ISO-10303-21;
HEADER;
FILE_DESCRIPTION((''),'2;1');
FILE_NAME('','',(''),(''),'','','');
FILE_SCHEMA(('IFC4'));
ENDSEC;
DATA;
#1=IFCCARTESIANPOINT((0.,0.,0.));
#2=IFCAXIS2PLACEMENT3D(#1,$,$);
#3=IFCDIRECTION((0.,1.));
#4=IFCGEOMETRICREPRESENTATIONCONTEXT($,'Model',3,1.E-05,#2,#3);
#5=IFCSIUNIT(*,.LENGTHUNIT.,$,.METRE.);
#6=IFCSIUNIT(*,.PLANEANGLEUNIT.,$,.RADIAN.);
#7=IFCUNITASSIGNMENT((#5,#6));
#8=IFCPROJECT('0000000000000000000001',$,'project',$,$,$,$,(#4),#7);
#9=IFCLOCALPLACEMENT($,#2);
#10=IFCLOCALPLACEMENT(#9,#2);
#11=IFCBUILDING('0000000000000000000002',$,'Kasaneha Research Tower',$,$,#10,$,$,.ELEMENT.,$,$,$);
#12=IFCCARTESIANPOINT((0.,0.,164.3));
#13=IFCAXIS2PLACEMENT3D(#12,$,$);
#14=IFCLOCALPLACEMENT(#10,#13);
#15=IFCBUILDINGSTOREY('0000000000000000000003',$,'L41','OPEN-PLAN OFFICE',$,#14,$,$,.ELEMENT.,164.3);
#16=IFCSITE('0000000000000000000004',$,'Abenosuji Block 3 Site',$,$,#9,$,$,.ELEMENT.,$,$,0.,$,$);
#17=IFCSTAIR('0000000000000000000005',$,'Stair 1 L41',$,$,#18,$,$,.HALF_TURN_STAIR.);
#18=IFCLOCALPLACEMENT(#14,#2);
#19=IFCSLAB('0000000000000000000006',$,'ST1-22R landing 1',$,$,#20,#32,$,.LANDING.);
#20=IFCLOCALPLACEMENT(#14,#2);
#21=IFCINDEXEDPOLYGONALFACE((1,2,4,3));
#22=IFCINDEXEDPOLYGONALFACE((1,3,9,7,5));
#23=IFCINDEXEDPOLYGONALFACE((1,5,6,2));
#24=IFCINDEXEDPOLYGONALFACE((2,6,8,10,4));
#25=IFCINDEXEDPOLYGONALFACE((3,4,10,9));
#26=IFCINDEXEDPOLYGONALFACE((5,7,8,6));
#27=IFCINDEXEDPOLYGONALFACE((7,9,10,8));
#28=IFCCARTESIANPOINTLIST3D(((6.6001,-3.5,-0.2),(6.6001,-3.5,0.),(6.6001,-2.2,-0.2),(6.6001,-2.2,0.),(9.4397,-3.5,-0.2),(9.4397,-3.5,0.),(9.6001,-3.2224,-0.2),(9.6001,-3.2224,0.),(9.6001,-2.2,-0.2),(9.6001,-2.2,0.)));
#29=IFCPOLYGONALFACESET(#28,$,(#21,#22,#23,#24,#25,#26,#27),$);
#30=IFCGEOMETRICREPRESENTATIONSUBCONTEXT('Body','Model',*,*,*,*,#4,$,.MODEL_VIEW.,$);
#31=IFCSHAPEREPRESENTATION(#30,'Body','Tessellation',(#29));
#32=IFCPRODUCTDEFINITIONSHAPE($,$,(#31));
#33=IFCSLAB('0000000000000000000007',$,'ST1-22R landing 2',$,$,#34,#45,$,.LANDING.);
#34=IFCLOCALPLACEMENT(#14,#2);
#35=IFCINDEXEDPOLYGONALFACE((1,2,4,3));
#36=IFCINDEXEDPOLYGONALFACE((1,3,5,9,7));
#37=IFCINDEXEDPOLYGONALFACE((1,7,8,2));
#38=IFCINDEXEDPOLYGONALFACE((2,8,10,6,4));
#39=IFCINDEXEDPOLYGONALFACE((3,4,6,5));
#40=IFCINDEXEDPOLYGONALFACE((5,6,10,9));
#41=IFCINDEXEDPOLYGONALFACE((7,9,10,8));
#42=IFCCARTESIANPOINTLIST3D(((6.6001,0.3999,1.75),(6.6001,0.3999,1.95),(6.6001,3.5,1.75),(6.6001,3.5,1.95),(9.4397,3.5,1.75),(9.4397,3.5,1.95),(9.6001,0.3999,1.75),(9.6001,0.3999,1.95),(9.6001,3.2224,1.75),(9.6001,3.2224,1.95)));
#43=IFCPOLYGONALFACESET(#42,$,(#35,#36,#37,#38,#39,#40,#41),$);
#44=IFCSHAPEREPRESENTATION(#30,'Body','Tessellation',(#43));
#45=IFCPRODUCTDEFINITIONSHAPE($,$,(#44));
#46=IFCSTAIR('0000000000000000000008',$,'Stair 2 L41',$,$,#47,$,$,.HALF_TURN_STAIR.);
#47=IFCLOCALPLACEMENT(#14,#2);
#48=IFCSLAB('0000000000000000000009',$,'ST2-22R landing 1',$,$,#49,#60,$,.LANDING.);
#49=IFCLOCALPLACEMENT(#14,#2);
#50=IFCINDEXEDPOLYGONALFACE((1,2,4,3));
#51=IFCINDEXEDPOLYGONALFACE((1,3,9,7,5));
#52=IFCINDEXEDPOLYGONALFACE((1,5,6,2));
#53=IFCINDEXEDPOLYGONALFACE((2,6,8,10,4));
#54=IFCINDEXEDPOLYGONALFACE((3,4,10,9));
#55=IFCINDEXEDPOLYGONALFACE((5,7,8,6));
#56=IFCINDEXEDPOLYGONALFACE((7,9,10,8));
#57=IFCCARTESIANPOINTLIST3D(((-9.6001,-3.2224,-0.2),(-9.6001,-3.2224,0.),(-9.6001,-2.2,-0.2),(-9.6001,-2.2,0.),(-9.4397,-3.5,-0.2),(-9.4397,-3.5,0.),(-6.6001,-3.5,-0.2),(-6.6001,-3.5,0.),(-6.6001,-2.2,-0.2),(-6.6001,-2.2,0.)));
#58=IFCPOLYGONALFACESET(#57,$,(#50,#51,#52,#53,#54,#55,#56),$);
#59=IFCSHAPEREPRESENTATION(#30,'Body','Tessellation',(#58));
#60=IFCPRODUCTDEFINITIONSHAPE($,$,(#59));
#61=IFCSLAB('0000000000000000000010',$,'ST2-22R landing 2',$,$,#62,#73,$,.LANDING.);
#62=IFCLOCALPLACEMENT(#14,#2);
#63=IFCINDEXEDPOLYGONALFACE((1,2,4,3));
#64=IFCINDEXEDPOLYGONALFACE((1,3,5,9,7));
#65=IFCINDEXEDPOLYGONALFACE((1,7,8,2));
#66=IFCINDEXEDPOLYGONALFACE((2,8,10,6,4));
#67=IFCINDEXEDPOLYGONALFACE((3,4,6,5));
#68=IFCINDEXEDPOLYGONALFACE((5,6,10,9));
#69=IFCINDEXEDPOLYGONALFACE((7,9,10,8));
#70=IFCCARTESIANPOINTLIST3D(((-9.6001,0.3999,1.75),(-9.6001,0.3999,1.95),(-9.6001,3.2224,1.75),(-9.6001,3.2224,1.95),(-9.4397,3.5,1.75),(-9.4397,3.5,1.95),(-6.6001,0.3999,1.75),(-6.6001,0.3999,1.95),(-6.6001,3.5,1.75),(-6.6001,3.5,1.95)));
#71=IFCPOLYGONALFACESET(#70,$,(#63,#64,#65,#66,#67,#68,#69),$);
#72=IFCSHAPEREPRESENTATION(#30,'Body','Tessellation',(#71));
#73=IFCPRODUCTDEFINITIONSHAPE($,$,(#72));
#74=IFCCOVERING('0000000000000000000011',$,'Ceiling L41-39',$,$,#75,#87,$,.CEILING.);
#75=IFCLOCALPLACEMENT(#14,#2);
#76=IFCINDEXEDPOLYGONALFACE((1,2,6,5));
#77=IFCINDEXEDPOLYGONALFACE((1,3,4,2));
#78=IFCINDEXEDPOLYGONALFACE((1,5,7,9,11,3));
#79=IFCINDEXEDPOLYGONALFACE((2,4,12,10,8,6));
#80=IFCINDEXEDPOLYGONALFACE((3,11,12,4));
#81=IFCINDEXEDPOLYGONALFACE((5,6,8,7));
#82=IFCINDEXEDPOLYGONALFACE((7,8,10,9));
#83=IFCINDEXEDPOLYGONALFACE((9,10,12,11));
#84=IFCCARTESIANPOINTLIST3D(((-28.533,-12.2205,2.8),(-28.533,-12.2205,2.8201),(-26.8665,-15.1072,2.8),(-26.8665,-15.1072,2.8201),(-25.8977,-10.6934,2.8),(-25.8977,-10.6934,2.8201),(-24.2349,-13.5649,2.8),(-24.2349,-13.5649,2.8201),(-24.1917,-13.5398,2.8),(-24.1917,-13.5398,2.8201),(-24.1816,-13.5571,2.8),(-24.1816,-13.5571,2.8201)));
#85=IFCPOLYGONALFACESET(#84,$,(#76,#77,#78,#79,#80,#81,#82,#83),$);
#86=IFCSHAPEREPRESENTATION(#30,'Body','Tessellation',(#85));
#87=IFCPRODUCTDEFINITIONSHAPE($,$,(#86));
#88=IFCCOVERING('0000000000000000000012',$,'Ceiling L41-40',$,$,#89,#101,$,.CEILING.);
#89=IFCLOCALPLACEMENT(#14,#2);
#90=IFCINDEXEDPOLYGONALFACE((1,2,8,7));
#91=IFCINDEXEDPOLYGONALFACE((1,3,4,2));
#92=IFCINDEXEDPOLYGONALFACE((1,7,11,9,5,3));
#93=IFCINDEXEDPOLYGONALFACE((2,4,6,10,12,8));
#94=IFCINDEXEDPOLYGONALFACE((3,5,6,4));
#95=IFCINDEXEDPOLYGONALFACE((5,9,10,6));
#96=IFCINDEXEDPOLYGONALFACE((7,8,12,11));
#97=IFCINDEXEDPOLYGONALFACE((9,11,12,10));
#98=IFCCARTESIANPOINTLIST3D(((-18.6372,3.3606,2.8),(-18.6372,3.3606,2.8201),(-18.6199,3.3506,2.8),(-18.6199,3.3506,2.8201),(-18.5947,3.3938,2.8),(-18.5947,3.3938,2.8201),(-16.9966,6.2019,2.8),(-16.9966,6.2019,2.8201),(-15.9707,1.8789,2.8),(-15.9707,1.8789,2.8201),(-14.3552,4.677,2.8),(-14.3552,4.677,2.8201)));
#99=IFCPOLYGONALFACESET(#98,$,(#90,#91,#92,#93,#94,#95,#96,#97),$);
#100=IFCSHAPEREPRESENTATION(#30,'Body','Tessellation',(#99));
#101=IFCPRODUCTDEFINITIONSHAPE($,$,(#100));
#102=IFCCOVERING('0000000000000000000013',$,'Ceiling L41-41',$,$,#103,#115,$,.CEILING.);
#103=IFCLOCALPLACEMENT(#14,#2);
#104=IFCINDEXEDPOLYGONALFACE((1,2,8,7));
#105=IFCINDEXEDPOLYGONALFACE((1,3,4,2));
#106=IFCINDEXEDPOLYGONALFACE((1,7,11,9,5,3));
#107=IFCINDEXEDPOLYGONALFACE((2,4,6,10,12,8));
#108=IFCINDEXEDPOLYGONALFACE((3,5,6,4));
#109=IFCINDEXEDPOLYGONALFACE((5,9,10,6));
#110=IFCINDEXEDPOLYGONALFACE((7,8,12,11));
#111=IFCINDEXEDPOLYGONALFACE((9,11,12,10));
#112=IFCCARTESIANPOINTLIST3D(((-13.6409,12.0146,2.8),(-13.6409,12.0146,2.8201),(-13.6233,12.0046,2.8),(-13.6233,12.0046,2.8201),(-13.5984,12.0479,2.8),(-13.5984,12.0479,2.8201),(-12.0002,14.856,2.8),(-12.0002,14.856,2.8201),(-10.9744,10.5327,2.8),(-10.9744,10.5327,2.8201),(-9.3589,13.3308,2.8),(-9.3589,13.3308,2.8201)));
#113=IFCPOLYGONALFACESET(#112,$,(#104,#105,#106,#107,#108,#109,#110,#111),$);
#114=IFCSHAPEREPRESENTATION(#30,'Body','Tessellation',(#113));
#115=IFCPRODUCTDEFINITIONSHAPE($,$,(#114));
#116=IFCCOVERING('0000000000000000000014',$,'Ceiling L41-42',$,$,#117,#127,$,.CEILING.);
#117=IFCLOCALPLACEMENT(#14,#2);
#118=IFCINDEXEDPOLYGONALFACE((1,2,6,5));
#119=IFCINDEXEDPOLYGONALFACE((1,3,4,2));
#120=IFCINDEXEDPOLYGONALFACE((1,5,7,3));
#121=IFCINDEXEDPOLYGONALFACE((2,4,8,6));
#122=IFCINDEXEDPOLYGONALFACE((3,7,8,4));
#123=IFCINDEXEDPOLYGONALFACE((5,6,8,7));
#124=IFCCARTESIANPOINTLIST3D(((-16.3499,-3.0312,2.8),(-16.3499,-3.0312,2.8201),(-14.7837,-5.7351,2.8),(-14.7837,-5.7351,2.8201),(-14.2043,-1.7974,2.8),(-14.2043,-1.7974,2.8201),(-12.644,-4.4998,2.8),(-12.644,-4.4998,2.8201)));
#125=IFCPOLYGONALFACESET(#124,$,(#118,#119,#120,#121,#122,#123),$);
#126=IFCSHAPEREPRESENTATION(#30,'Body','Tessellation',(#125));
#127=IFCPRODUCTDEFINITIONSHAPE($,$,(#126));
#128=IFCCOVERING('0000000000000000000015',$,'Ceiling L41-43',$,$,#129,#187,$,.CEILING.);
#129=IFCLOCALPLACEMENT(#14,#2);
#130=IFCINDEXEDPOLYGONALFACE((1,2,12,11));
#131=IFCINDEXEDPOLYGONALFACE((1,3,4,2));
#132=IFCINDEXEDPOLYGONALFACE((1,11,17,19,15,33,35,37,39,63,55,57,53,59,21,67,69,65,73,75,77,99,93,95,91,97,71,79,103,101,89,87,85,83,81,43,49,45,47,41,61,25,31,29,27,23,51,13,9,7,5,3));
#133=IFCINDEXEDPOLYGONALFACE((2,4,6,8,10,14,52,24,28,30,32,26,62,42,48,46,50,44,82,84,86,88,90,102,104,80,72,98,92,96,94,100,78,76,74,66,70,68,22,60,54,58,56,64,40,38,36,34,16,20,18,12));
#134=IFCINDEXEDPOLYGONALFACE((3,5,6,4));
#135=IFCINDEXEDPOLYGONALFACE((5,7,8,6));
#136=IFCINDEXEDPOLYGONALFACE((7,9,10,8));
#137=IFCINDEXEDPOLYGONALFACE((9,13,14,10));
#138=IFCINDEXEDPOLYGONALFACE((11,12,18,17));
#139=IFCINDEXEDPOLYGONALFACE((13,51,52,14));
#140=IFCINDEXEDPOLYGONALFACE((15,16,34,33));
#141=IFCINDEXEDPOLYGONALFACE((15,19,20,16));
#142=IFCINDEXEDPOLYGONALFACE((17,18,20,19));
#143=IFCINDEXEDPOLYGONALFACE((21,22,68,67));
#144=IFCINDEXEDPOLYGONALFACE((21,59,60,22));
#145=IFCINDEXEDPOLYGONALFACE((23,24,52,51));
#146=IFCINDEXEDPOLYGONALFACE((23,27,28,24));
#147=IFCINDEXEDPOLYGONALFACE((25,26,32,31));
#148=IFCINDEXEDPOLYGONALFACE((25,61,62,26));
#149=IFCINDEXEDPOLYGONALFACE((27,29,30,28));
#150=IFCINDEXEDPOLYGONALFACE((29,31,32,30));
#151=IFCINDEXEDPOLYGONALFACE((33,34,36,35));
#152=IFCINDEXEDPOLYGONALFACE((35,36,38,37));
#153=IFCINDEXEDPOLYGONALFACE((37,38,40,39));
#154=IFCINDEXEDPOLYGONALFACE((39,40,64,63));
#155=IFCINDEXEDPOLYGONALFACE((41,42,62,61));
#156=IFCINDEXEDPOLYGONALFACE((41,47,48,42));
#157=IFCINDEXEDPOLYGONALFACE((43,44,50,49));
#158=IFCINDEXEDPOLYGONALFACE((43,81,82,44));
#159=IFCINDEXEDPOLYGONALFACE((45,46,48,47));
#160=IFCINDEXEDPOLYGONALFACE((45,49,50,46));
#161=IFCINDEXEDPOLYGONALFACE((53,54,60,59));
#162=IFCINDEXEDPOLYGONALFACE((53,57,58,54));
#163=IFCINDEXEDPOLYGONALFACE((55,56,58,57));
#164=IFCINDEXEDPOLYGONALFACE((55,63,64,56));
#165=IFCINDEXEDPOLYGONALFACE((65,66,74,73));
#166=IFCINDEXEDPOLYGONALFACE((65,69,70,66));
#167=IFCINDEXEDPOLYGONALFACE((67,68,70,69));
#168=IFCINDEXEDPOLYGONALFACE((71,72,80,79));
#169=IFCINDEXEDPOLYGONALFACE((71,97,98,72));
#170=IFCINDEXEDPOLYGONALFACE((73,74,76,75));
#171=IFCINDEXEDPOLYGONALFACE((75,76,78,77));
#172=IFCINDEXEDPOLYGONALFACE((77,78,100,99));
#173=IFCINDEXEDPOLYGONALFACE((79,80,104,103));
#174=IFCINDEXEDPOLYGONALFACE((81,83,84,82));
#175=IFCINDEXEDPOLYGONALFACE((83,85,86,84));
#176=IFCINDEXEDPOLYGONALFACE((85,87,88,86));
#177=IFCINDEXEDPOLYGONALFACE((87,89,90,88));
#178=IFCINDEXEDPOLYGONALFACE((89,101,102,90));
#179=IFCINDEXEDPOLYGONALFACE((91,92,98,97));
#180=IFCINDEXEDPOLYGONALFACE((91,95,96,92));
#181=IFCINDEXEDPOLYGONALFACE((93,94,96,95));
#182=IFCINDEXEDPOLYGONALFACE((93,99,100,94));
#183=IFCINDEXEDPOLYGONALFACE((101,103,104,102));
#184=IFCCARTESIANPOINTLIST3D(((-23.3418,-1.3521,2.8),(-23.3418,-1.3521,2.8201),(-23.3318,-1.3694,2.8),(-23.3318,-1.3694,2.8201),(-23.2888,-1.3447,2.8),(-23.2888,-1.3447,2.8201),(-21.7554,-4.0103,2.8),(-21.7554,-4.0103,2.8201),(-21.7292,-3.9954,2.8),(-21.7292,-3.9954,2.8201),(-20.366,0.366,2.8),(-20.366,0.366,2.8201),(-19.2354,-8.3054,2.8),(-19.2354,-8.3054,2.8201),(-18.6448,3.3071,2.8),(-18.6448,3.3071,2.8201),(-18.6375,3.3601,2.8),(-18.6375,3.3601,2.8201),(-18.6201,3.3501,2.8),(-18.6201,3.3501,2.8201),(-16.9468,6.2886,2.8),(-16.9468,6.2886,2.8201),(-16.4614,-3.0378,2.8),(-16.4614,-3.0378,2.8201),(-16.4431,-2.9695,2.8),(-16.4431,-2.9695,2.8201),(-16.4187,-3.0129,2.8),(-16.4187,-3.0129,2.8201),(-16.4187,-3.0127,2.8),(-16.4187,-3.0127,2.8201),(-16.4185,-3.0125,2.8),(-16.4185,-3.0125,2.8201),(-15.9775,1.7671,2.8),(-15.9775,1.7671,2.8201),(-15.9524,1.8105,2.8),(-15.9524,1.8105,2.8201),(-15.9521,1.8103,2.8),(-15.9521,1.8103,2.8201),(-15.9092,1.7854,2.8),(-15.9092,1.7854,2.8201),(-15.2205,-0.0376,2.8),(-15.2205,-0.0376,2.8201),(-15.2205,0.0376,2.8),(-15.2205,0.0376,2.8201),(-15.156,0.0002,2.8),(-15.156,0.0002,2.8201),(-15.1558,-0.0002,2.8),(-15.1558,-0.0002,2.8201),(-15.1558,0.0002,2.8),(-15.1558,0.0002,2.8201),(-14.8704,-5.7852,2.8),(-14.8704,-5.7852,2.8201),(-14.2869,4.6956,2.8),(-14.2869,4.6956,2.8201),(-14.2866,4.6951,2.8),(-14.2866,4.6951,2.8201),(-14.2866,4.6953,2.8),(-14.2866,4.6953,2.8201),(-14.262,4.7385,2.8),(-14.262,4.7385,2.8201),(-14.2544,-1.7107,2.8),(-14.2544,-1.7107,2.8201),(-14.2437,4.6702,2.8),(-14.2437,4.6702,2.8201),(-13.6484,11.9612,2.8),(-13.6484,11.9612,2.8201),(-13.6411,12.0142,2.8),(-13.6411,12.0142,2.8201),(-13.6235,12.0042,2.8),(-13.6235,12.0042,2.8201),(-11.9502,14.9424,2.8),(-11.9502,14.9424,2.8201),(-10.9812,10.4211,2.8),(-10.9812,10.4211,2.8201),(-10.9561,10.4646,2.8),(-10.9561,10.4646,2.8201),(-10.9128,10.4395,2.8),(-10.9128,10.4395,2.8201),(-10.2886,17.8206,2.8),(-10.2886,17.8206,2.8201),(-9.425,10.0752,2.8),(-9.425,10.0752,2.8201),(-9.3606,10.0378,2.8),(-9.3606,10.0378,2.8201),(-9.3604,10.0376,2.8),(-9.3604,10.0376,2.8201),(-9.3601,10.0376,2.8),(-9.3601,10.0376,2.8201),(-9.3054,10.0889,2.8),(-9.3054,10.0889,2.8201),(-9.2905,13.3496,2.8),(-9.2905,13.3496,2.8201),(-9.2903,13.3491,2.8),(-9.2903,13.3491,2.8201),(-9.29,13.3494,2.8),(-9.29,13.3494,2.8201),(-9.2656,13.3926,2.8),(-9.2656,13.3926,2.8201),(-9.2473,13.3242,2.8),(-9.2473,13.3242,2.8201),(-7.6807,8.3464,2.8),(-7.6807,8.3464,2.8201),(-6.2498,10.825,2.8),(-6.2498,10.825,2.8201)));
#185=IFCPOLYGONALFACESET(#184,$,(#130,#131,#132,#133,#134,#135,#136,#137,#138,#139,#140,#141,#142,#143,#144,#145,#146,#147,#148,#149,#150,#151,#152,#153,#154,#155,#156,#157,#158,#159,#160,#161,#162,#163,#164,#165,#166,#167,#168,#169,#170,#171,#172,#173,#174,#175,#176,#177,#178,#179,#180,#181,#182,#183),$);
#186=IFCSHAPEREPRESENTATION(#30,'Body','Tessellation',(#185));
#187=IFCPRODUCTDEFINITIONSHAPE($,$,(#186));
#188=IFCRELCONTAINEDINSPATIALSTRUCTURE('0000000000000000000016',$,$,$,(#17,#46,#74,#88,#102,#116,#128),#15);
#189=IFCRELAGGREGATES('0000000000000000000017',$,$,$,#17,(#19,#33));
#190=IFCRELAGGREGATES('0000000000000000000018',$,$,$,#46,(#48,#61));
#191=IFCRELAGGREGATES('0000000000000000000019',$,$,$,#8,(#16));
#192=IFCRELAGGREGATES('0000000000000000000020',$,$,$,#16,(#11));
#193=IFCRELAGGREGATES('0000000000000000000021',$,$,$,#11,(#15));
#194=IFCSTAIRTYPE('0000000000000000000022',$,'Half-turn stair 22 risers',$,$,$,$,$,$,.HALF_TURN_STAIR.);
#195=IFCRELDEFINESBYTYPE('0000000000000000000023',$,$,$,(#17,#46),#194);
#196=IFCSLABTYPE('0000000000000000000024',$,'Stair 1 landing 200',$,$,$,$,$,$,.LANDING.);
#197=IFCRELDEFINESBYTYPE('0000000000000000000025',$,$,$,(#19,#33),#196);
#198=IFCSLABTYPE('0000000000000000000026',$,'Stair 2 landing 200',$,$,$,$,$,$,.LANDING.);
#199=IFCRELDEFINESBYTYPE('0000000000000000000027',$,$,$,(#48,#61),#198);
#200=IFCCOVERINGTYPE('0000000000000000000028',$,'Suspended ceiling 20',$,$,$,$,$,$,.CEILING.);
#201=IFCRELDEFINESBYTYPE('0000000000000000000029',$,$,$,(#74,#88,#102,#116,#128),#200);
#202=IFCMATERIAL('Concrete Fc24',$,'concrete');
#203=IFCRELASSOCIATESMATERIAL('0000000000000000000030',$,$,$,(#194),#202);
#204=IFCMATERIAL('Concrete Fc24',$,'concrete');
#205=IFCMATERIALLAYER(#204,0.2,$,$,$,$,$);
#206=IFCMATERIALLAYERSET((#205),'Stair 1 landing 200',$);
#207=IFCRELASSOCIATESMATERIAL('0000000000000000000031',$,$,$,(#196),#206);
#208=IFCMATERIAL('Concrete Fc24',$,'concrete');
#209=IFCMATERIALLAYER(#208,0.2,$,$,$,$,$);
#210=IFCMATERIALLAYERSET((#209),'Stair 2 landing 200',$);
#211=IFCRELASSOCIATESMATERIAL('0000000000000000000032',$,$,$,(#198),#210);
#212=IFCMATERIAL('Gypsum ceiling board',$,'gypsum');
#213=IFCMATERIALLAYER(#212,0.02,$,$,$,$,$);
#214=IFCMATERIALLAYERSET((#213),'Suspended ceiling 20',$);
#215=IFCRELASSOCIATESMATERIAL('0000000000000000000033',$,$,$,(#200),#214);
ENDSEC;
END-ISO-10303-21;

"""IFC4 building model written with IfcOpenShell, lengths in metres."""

from ifc_helpers import new_model, si_unit, direction, frame, origin, place, context, subcontext, project, spatial, polyline, outline, extrude, material, layer, layer_set, type_object, element, aggregate, save


model = new_model("IFC4")

# Units and contexts
model_context = context("Model", 3, precision=1e-05, world=origin(), true_north=direction((0.0, 1.0)))
body_context = subcontext(model_context, "Body", "Model", "MODEL_VIEW")
ifc_project = project(units=[si_unit("LENGTHUNIT", "METRE"), si_unit("PLANEANGLEUNIT", "RADIAN")], contexts=[model_context])

# Site, building, storey
site_placement = place(None, origin())
site = spatial("IfcSite", under=ifc_project, at=site_placement, Name="Abenosuji Block 3 Site", CompositionType="ELEMENT", RefElevation=0.0)
building_placement = place(site_placement, origin())
building = spatial("IfcBuilding", under=site, at=building_placement, Name="Kasaneha Research Tower", CompositionType="ELEMENT")
storey_placement = place(building_placement, frame((0.0, 0.0, 164.3)))
storey = spatial("IfcBuildingStorey", under=building, at=storey_placement, Name="L41", Description="OPEN-PLAN OFFICE", CompositionType="ELEMENT", Elevation=164.3)

# Stairs, slabs
ifc_material_1 = material(Name="Concrete Fc24", Category="concrete")
stair_type = type_object("IfcStairType", Name="Half-turn stair 22 risers", PredefinedType="HALF_TURN_STAIR", material=ifc_material_1)
stair_1_placement = place(storey_placement, origin())
stair_1 = element("IfcStair", 1, at=stair_1_placement, inside=storey, type_object=stair_type, Name="Stair 1 L41", PredefinedType="HALF_TURN_STAIR")
ifc_material_2 = material(Name="Concrete Fc24", Category="concrete")
ifc_layer_1 = layer(ifc_material_2, 0.2)
ifc_layer_set_1 = layer_set([ifc_layer_1], Name="Stair 1 landing 200")
slab_type_1 = type_object("IfcSlabType", Name="Stair 1 landing 200", PredefinedType="LANDING", material=ifc_layer_set_1)
slab_1_placement = place(storey_placement, frame((0.0, 0.0, -0.2)))
slab_1 = element("IfcSlab", 2, at=slab_1_placement, type_object=slab_type_1, Name="ST1-22R landing 1", PredefinedType="LANDING", context=body_context, shape_type="SweptSolid", body=[
    extrude(outline(polyline([(9.4397, -3.5), (6.6001, -3.5), (6.6001, -2.2), (9.6001, -2.2), (9.6001, -3.2224), (9.4397, -3.5)])), origin(), (0.0, 0.0, 1.0), 0.2),
])
slab_2_placement = place(storey_placement, frame((0.0, 0.0, 1.75)))
slab_2 = element("IfcSlab", 3, at=slab_2_placement, type_object=slab_type_1, Name="ST1-22R landing 2", PredefinedType="LANDING", context=body_context, shape_type="SweptSolid", body=[
    extrude(outline(polyline([(6.6001, 3.5), (9.4397, 3.5), (9.6001, 3.2224), (9.6001, 0.3999), (6.6001, 0.3999), (6.6001, 3.5)])), origin(), (0.0, 0.0, 1.0), 0.2),
])
aggregate(stair_1, [slab_1, slab_2])
stair_2_placement = place(storey_placement, origin())
stair_2 = element("IfcStair", 4, at=stair_2_placement, inside=storey, type_object=stair_type, Name="Stair 2 L41", PredefinedType="HALF_TURN_STAIR")
ifc_material_3 = material(Name="Concrete Fc24", Category="concrete")
ifc_layer_2 = layer(ifc_material_3, 0.2)
ifc_layer_set_2 = layer_set([ifc_layer_2], Name="Stair 2 landing 200")
slab_type_2 = type_object("IfcSlabType", Name="Stair 2 landing 200", PredefinedType="LANDING", material=ifc_layer_set_2)
slab_3_placement = place(storey_placement, frame((0.0, 0.0, -0.2)))
slab_3 = element("IfcSlab", 5, at=slab_3_placement, type_object=slab_type_2, Name="ST2-22R landing 1", PredefinedType="LANDING", context=body_context, shape_type="SweptSolid", body=[
    extrude(outline(polyline([(-6.6001, -3.5), (-9.4397, -3.5), (-9.6001, -3.2224), (-9.6001, -2.2), (-6.6001, -2.2), (-6.6001, -3.5)])), origin(), (0.0, 0.0, 1.0), 0.2),
])
slab_4_placement = place(storey_placement, frame((0.0, 0.0, 1.75)))
slab_4 = element("IfcSlab", 6, at=slab_4_placement, type_object=slab_type_2, Name="ST2-22R landing 2", PredefinedType="LANDING", context=body_context, shape_type="SweptSolid", body=[
    extrude(outline(polyline([(-6.6001, 0.3999), (-9.6001, 0.3999), (-9.6001, 3.2224), (-9.4397, 3.5), (-6.6001, 3.5), (-6.6001, 0.3999)])), origin(), (0.0, 0.0, 1.0), 0.2),
])
aggregate(stair_2, [slab_3, slab_4])

# Coverings
ifc_material_4 = material(Name="Gypsum ceiling board", Category="gypsum")
ifc_layer_3 = layer(ifc_material_4, 0.02)
ifc_layer_set_3 = layer_set([ifc_layer_3], Name="Suspended ceiling 20")
covering_type_1 = type_object("IfcCoveringType", Name="Suspended ceiling 20", PredefinedType="CEILING", material=ifc_layer_set_3)
covering_1_placement = place(storey_placement, frame((0.0, 0.0, 2.8)))
element("IfcCovering", 7, at=covering_1_placement, inside=storey, type_object=covering_type_1, Name="Ceiling L41-39", PredefinedType="CEILING", context=body_context, shape_type="SweptSolid", body=[
    extrude(outline(polyline([(-28.533, -12.2205), (-25.8977, -10.6934), (-24.2349, -13.5649), (-24.1917, -13.5398), (-24.1816, -13.5571), (-26.8665, -15.1072), (-28.533, -12.2205)])), origin(), (0.0, 0.0, 1.0), 0.02),
])
covering_2_placement = place(storey_placement, frame((0.0, 0.0, 2.8)))
element("IfcCovering", 8, at=covering_2_placement, inside=storey, type_object=covering_type_1, Name="Ceiling L41-40", PredefinedType="CEILING", context=body_context, shape_type="SweptSolid", body=[
    extrude(outline(polyline([(-16.9966, 6.2019), (-14.3552, 4.677), (-15.9707, 1.8789), (-18.5947, 3.3938), (-18.6199, 3.3506), (-18.6372, 3.3606), (-16.9966, 6.2019)])), origin(), (0.0, 0.0, 1.0), 0.02),
])
covering_3_placement = place(storey_placement, frame((0.0, 0.0, 2.8)))
element("IfcCovering", 9, at=covering_3_placement, inside=storey, type_object=covering_type_1, Name="Ceiling L41-41", PredefinedType="CEILING", context=body_context, shape_type="SweptSolid", body=[
    extrude(outline(polyline([(-12.0002, 14.856), (-9.3589, 13.3308), (-10.9744, 10.5327), (-13.5984, 12.0479), (-13.6233, 12.0046), (-13.6409, 12.0146), (-12.0002, 14.856)])), origin(), (0.0, 0.0, 1.0), 0.02),
])
covering_4_placement = place(storey_placement, frame((0.0, 0.0, 2.8)))
element("IfcCovering", 10, at=covering_4_placement, inside=storey, type_object=covering_type_1, Name="Ceiling L41-42", PredefinedType="CEILING", context=body_context, shape_type="SweptSolid", body=[
    extrude(outline(polyline([(-16.3499, -3.0312), (-14.2043, -1.7974), (-12.644, -4.4998), (-14.7837, -5.7351), (-16.3499, -3.0312)])), origin(), (0.0, 0.0, 1.0), 0.02),
])
covering_5_placement = place(storey_placement, frame((0.0, 0.0, 2.8)))
element("IfcCovering", 11, at=covering_5_placement, inside=storey, type_object=covering_type_1, Name="Ceiling L41-43", PredefinedType="CEILING", context=body_context, shape_type="SweptSolid", body=[
    extrude(outline(polyline([(-9.3606, 10.0378), (-9.3606, 10.0378), (-9.425, 10.0752), (-15.2205, 0.0376), (-15.1558, 0.0002), (-15.156, 0.0002), (-15.1558, -0.0002), (-15.2205, -0.0376), (-14.2544, -1.7107), (-16.4431, -2.9695), (-16.4185, -3.0125), (-16.4187, -3.0127), (-16.4187, -3.0129), (-16.4614, -3.0378), (-14.8704, -5.7852), (-19.2354, -8.3054), (-21.7292, -3.9954), (-21.7554, -4.0103), (-23.2888, -1.3447), (-23.3318, -1.3694), (-23.3418, -1.3521), (-20.366, 0.366), (-18.6375, 3.3601), (-18.6201, 3.3501), (-18.6448, 3.3071), (-15.9775, 1.7671), (-15.9524, 1.8105), (-15.9521, 1.8103), (-15.9521, 1.8103), (-15.9092, 1.7854), (-14.2437, 4.6702), (-14.2866, 4.6951), (-14.2866, 4.6953), (-14.2869, 4.6956), (-14.262, 4.7385), (-16.9468, 6.2886), (-13.6411, 12.0142), (-13.6235, 12.0042), (-13.6484, 11.9612), (-10.9812, 10.4211), (-10.9561, 10.4646), (-10.9128, 10.4395), (-9.2473, 13.3242), (-9.2903, 13.3491), (-9.29, 13.3494), (-9.2905, 13.3496), (-9.2656, 13.3926), (-11.9502, 14.9424), (-10.2886, 17.8206), (-6.2498, 10.825), (-7.6807, 8.3464), (-9.3054, 10.0889), (-9.3601, 10.0376), (-9.3604, 10.0376), (-9.3606, 10.0378)])), origin(), (0.0, 0.0, 1.0), 0.02),
])

save(model, "model.ifc")
